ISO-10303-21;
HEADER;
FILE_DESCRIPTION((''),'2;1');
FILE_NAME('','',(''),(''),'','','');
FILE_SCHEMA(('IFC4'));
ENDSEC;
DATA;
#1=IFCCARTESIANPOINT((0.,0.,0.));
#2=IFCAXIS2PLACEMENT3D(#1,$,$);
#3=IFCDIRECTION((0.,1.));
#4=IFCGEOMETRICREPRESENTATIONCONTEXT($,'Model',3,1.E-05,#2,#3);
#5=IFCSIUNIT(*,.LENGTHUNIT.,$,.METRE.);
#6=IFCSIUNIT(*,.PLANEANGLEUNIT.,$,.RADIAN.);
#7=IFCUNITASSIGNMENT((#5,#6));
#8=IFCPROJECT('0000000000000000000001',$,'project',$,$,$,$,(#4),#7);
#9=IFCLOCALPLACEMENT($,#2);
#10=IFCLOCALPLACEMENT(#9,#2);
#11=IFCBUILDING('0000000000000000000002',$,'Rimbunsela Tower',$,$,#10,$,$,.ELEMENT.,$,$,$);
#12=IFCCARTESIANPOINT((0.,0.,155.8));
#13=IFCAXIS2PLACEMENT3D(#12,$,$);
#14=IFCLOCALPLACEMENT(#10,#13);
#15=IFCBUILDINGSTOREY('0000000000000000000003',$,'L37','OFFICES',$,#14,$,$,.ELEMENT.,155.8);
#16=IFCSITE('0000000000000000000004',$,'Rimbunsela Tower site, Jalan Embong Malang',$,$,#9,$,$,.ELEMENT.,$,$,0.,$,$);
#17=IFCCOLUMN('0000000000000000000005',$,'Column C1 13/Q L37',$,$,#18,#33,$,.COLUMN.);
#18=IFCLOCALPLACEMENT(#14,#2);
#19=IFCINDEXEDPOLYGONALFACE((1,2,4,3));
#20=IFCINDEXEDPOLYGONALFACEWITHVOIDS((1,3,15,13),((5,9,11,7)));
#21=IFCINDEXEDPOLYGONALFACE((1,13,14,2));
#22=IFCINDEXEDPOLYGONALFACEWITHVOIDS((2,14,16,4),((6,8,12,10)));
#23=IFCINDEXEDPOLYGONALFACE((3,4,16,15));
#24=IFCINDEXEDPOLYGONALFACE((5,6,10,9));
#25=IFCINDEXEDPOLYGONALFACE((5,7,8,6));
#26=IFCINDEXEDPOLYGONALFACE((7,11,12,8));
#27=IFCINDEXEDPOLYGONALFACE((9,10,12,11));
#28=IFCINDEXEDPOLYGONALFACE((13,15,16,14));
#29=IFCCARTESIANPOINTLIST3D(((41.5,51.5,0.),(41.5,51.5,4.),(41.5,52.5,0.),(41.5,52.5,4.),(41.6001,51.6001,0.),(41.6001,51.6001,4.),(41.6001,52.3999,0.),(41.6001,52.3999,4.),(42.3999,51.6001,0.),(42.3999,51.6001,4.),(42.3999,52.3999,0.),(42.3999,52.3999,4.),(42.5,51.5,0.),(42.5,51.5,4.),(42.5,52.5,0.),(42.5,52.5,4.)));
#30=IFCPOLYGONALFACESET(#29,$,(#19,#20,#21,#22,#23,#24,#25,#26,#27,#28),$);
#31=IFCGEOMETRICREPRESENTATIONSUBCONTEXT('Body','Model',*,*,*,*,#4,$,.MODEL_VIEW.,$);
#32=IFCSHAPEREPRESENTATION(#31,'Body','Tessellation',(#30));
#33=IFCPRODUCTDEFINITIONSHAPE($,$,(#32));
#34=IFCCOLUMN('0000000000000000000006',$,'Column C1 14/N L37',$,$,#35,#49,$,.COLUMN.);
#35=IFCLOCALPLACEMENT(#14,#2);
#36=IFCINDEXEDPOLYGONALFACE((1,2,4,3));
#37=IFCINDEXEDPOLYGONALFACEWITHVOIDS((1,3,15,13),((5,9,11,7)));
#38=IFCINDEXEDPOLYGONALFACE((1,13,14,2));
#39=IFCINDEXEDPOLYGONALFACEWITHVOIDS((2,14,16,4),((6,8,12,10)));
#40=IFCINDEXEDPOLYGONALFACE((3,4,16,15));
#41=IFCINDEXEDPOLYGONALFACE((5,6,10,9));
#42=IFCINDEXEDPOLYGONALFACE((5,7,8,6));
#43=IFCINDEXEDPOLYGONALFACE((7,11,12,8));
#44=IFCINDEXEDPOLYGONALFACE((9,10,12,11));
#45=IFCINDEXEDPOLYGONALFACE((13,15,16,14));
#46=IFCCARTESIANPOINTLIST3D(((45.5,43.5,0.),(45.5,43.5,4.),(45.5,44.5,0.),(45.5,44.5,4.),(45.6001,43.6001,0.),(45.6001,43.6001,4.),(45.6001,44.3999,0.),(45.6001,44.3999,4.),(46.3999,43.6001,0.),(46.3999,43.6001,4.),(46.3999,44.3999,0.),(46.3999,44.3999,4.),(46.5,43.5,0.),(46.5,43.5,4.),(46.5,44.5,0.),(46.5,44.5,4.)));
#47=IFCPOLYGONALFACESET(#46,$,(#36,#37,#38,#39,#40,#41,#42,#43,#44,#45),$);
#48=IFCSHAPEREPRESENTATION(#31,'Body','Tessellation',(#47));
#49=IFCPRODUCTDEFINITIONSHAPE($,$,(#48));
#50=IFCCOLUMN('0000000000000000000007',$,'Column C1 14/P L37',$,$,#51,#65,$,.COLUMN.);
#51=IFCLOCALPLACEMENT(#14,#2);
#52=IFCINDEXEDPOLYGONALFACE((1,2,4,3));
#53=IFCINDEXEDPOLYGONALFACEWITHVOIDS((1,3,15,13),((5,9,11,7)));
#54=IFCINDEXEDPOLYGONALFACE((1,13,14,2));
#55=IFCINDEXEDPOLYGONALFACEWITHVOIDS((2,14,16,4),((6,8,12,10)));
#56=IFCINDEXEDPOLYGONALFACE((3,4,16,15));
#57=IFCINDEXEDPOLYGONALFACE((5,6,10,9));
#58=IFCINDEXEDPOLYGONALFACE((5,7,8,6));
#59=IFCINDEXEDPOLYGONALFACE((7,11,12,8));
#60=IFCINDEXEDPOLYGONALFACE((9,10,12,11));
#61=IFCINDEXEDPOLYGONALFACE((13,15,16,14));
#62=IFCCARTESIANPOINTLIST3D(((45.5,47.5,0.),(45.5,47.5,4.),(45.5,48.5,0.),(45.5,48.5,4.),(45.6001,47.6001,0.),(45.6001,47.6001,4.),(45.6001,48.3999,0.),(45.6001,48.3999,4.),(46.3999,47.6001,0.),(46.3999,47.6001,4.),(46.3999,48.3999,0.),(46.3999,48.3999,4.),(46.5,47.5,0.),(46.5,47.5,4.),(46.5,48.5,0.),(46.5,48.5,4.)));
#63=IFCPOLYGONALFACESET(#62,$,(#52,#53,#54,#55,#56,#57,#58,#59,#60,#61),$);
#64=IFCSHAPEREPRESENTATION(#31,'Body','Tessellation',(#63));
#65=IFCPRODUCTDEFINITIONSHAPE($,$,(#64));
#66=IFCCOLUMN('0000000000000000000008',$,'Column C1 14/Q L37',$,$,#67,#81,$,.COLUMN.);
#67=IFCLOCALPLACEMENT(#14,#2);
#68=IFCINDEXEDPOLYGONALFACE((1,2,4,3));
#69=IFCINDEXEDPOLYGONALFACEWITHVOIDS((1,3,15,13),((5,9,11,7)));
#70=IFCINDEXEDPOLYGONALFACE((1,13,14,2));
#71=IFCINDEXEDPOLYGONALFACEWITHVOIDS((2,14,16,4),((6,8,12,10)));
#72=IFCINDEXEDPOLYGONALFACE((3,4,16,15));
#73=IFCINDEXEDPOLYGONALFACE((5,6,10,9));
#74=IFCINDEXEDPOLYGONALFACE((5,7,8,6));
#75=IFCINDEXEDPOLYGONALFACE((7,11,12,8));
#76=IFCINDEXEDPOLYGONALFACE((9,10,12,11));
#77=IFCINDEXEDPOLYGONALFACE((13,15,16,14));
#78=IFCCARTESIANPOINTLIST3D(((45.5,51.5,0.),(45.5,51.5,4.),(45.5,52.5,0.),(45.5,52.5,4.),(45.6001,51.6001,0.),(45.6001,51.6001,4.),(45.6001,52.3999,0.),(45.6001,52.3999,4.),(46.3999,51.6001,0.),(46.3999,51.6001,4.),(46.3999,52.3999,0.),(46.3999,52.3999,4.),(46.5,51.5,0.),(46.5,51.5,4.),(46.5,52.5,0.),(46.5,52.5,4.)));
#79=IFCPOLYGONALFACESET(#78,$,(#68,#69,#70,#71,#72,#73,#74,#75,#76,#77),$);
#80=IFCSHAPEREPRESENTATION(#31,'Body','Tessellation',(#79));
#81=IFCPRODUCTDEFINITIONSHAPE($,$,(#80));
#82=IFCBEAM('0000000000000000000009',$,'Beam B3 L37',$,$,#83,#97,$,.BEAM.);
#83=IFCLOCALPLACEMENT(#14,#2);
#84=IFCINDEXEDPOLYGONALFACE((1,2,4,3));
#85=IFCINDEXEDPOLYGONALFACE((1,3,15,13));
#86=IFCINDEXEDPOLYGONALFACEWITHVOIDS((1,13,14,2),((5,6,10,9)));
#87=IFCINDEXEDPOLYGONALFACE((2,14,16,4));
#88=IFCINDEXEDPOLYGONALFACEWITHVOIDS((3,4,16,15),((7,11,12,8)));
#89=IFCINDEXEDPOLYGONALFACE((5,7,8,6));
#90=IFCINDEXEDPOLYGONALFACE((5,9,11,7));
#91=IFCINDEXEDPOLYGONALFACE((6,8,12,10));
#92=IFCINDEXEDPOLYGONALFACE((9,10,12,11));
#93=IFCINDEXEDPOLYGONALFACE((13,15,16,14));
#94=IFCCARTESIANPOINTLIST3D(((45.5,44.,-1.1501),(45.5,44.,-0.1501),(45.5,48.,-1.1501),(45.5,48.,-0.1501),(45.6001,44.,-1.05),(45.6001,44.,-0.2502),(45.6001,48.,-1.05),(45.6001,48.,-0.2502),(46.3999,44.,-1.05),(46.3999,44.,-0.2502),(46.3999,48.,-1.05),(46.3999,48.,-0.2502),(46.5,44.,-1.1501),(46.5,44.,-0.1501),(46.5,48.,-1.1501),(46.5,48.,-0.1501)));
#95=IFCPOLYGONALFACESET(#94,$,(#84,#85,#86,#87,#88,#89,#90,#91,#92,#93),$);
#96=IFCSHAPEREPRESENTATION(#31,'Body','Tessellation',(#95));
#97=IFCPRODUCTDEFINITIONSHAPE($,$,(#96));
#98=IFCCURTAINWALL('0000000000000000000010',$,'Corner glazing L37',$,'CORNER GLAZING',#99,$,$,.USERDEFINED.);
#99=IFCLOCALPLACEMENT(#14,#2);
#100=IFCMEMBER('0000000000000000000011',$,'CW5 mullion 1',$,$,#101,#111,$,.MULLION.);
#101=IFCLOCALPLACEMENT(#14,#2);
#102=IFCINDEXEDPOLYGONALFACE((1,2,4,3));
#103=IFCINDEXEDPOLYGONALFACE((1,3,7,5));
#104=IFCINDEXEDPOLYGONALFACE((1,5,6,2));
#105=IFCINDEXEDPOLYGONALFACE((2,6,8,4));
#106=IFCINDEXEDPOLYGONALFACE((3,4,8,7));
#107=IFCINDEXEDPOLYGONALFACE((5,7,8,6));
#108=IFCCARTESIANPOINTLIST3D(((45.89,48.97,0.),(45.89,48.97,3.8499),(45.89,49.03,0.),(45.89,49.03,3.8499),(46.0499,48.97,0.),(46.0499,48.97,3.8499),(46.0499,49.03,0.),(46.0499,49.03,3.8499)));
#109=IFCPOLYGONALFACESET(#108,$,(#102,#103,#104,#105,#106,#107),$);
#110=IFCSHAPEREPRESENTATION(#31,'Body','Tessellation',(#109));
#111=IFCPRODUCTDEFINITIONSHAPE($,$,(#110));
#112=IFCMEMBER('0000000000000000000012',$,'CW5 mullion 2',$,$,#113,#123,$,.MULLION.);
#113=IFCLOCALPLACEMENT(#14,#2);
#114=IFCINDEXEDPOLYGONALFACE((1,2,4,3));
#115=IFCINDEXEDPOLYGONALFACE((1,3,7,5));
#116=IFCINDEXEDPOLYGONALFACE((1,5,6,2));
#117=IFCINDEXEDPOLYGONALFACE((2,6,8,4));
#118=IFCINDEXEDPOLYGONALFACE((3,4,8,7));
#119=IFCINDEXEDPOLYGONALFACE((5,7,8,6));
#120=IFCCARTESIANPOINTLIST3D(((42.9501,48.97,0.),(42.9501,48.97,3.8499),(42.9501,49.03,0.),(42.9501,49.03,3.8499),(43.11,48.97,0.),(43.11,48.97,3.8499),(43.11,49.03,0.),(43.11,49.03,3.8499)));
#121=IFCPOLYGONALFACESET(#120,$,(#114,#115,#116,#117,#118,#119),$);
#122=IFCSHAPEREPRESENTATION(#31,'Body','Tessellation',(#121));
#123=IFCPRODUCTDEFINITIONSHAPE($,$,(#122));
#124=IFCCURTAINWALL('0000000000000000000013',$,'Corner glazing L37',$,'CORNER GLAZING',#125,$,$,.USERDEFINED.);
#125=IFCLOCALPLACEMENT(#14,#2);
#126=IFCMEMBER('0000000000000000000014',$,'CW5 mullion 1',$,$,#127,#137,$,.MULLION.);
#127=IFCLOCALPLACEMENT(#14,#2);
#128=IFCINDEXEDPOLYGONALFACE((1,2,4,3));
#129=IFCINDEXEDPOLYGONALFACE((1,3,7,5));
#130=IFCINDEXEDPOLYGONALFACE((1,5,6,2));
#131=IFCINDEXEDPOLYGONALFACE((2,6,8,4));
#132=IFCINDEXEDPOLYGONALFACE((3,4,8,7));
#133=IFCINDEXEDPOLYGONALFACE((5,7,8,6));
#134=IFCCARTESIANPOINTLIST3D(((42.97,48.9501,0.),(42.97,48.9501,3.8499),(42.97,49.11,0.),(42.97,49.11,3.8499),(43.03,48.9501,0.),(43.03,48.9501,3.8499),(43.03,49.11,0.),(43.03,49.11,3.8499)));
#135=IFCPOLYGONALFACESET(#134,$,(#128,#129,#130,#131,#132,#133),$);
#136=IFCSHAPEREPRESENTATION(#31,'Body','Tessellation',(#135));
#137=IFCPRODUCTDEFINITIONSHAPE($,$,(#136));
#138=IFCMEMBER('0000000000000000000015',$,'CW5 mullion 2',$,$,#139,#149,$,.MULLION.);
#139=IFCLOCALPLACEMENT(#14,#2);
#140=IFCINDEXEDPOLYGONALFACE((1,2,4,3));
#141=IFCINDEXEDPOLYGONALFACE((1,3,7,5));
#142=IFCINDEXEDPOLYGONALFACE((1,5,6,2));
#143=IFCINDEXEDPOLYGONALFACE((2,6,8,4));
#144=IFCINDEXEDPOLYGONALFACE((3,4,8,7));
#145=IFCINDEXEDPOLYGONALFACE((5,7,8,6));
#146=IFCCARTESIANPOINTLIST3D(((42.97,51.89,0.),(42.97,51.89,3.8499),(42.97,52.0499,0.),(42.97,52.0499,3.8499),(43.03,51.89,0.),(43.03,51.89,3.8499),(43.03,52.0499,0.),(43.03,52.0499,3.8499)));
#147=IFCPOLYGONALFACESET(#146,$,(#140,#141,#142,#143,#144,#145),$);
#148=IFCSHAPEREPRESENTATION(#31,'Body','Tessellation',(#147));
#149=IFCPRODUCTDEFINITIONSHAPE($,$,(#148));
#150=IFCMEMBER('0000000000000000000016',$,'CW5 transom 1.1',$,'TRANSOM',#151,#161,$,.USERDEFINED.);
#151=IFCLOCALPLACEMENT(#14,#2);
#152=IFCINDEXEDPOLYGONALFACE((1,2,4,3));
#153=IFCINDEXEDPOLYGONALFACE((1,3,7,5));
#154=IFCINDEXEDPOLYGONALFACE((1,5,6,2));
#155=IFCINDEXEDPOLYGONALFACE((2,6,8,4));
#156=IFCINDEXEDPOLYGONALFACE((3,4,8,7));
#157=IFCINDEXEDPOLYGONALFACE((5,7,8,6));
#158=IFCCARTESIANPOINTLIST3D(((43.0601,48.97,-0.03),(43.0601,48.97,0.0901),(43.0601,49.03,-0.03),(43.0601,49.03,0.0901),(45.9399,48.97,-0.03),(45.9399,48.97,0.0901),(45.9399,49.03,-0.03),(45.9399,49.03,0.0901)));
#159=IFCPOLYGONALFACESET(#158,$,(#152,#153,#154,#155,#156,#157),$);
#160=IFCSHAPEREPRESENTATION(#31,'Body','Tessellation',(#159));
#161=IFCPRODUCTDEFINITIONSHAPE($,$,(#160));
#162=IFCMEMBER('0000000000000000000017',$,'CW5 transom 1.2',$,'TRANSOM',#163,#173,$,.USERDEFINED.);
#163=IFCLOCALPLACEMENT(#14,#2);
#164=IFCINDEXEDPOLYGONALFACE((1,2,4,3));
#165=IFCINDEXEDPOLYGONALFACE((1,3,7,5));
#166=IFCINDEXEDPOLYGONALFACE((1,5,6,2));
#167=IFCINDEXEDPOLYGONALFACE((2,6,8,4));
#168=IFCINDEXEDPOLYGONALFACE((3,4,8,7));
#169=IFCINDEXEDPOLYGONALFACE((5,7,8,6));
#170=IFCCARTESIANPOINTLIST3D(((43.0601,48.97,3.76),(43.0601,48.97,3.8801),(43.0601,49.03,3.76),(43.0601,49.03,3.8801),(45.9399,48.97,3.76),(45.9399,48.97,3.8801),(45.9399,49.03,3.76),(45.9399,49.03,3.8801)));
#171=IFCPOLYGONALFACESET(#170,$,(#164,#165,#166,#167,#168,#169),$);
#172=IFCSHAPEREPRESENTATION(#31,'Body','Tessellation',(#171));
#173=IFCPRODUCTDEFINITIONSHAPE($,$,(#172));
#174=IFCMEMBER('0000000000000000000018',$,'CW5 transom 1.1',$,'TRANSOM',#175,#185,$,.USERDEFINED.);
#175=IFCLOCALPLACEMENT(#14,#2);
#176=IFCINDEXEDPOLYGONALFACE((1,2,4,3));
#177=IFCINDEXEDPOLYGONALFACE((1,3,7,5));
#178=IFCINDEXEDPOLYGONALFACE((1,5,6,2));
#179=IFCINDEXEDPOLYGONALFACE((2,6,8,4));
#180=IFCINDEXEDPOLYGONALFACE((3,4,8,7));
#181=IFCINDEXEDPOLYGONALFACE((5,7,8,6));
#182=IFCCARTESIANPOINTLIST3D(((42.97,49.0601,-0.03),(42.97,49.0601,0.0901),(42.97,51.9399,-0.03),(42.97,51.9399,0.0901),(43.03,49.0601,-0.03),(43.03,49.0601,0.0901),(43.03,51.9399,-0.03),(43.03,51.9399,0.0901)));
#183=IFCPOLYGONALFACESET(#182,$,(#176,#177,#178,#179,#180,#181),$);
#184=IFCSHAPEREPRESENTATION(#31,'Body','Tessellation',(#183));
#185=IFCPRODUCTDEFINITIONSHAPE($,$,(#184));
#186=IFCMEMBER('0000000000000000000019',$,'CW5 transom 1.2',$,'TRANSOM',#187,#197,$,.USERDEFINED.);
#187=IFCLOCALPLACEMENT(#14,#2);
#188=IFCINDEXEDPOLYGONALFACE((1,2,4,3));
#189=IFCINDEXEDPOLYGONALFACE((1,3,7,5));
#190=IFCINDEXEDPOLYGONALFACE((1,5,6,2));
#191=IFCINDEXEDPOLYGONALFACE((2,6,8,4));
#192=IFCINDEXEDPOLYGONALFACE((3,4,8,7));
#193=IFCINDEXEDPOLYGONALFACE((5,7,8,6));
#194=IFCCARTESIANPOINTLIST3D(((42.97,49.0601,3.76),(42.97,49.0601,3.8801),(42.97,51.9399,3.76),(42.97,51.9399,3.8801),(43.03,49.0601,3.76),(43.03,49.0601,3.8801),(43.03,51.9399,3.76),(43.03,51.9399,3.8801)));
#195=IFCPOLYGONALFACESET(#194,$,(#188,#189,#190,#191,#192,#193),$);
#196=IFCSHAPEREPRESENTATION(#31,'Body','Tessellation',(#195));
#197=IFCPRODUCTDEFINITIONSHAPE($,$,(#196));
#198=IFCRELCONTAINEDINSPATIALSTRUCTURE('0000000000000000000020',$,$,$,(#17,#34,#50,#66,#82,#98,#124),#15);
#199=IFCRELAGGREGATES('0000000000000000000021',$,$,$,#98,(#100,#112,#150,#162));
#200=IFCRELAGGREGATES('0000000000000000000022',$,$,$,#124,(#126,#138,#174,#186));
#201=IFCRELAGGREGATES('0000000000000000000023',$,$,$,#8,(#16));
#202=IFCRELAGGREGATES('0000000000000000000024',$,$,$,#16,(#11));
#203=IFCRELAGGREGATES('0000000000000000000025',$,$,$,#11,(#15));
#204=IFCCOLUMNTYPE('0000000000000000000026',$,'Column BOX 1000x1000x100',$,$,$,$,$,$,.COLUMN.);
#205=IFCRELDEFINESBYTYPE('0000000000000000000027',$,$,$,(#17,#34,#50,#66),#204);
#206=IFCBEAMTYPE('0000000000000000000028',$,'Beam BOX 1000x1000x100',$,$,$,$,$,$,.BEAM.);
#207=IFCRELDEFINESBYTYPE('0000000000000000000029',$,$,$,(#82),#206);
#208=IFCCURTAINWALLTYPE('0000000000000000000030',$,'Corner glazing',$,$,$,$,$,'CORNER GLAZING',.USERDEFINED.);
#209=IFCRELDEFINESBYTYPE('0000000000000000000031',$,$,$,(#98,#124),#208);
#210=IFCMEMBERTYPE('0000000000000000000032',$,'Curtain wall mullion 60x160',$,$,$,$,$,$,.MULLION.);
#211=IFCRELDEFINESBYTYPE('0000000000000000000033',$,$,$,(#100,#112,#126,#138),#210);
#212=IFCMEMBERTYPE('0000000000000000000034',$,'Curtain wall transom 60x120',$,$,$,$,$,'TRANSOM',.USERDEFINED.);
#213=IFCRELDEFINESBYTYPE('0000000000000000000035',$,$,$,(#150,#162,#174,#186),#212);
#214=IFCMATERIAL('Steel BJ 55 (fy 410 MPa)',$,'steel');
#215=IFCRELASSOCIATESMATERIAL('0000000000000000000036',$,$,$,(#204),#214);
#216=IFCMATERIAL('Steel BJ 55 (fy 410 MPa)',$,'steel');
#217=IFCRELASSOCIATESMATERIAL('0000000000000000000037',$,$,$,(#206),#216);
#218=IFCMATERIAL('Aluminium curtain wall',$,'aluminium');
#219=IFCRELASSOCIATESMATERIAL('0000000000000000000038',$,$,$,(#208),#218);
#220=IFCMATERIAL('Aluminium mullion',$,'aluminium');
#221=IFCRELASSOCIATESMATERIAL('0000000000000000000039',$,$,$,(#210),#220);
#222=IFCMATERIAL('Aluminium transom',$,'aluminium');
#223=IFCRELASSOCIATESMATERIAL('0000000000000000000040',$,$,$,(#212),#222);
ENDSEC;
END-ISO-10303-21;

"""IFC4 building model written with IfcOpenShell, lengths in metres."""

from ifc_helpers import new_model, si_unit, direction, frame, origin, origin_2d, place, context, subcontext, project, spatial, rectangle, hollow_rectangle, extrude, material, material_profile, profile_set, type_object, element, aggregate, save


model = new_model("IFC4")

# Units and contexts
model_context = context("Model", 3, precision=1e-05, world=origin(), true_north=direction((0.0, 1.0)))
body_context = subcontext(model_context, "Body", "Model", "MODEL_VIEW")
ifc_project = project(units=[si_unit("LENGTHUNIT", "METRE"), si_unit("PLANEANGLEUNIT", "RADIAN")], contexts=[model_context])

# Site, building, storey
site_placement = place(None, origin())
site = spatial("IfcSite", under=ifc_project, at=site_placement, Name="Rimbunsela Tower site, Jalan Embong Malang", CompositionType="ELEMENT", RefElevation=0.0)
building_placement = place(site_placement, origin())
building = spatial("IfcBuilding", under=site, at=building_placement, Name="Rimbunsela Tower", CompositionType="ELEMENT")
storey_placement = place(building_placement, frame((0.0, 0.0, 155.8)))
storey = spatial("IfcBuildingStorey", under=building, at=storey_placement, Name="L37", Description="OFFICES", CompositionType="ELEMENT", Elevation=155.8)

# Columns
ifc_material_1 = material(Name="Steel BJ 55 (fy 410 MPa)", Category="steel")
ifc_material_profile_1 = material_profile(ifc_material_1, hollow_rectangle(XDim=1.0, YDim=1.0, WallThickness=0.1001, at=origin_2d()), Name="BOX 1000x1000x100")
ifc_profile_set_1 = profile_set([ifc_material_profile_1], Name="Steel BJ 55 (fy 410 MPa)")
column_type = type_object("IfcColumnType", Name="Column BOX 1000x1000x100", PredefinedType="COLUMN", material=ifc_profile_set_1)
for number, where, z_axis, x_axis, name in (
    (1, (42.0, 52.0, 0.0), (0.0, 0.0, 1.0), (1.0, 0.0, 0.0), "Column C1 13/Q L37"),
    (2, (46.0, 44.0, 0.0), (0.0, 0.0, 1.0), (1.0, 0.0, 0.0), "Column C1 14/N L37"),
    (3, (46.0, 48.0, 0.0), (0.0, 0.0, 1.0), (1.0, 0.0, 0.0), "Column C1 14/P L37"),
    (4, (46.0, 52.0, 0.0), (0.0, 0.0, 1.0), (1.0, 0.0, 0.0), "Column C1 14/Q L37"),
):
    element("IfcColumn", number, at=place(storey_placement, frame(where, z_axis=z_axis, x_axis=x_axis)), inside=storey, type_object=column_type, Name=name, PredefinedType="COLUMN", context=body_context, shape_type="SweptSolid", body=[
        extrude(hollow_rectangle(XDim=1.0, YDim=1.0, WallThickness=0.1001, at=origin_2d()), origin(), (0.0, 0.0, 1.0), 4.0),
    ])

# Beam
ifc_material_2 = material(Name="Steel BJ 55 (fy 410 MPa)", Category="steel")
ifc_material_profile_2 = material_profile(ifc_material_2, hollow_rectangle(XDim=1.0, YDim=1.0, WallThickness=0.1001, at=origin_2d()), Name="BOX 1000x1000x100")
ifc_profile_set_2 = profile_set([ifc_material_profile_2], Name="Steel BJ 55 (fy 410 MPa)")
beam_type = type_object("IfcBeamType", Name="Beam BOX 1000x1000x100", PredefinedType="BEAM", material=ifc_profile_set_2)
beam_placement = place(storey_placement, frame((46.0, 44.0, -0.6501), z_axis=(0.0, 1.0, 0.0), x_axis=(-1.0, 0.0, 0.0)))
element("IfcBeam", 5, at=beam_placement, inside=storey, type_object=beam_type, Name="Beam B3 L37", PredefinedType="BEAM", context=body_context, shape_type="SweptSolid", body=[
    extrude(hollow_rectangle(XDim=1.0, YDim=1.0, WallThickness=0.1001, at=origin_2d()), origin(), (0.0, 0.0, 1.0), 4.0),
])

# Curtain walls, members
ifc_material_3 = material(Name="Aluminium curtain wall", Category="aluminium")
curtain_wall_type = type_object("IfcCurtainWallType", Name="Corner glazing", ElementType="CORNER GLAZING", PredefinedType="USERDEFINED", material=ifc_material_3)
curtain_wall_1_placement = place(storey_placement, origin())
curtain_wall_1 = element("IfcCurtainWall", 6, at=curtain_wall_1_placement, inside=storey, type_object=curtain_wall_type, Name="Corner glazing L37", ObjectType="CORNER GLAZING", PredefinedType="USERDEFINED")
ifc_material_4 = material(Name="Aluminium mullion", Category="aluminium")
ifc_material_profile_3 = material_profile(ifc_material_4, rectangle(XDim=0.0601, YDim=0.1599, at=origin_2d()), Name="Mullion 60x160")
ifc_profile_set_3 = profile_set([ifc_material_profile_3], Name="Aluminium mullion")
member_type_1 = type_object("IfcMemberType", Name="Curtain wall mullion 60x160", PredefinedType="MULLION", material=ifc_profile_set_3)
member_1_placement = place(storey_placement, frame((45.97, 49.0, 0.0), z_axis=(0.0, 0.0, 1.0), x_axis=(0.0, -1.0, 0.0)))
member_1 = element("IfcMember", 7, at=member_1_placement, type_object=member_type_1, Name="CW5 mullion 1", PredefinedType="MULLION", context=body_context, shape_type="SweptSolid", body=[
    extrude(rectangle(XDim=0.0601, YDim=0.1599, at=origin_2d()), origin(), (0.0, 0.0, 1.0), 3.8499),
])
member_2_placement = place(storey_placement, frame((43.03, 49.0, 0.0), z_axis=(0.0, 0.0, 1.0), x_axis=(0.0, -1.0, 0.0)))
member_2 = element("IfcMember", 8, at=member_2_placement, type_object=member_type_1, Name="CW5 mullion 2", PredefinedType="MULLION", context=body_context, shape_type="SweptSolid", body=[
    extrude(rectangle(XDim=0.0601, YDim=0.1599, at=origin_2d()), origin(), (0.0, 0.0, 1.0), 3.8499),
])
curtain_wall_2_placement = place(storey_placement, origin())
curtain_wall_2 = element("IfcCurtainWall", 9, at=curtain_wall_2_placement, inside=storey, type_object=curtain_wall_type, Name="Corner glazing L37", ObjectType="CORNER GLAZING", PredefinedType="USERDEFINED")
member_3_placement = place(storey_placement, frame((43.0, 49.03, 0.0), z_axis=(0.0, 0.0, 1.0), x_axis=(-1.0, 0.0, 0.0)))
member_3 = element("IfcMember", 10, at=member_3_placement, type_object=member_type_1, Name="CW5 mullion 1", PredefinedType="MULLION", context=body_context, shape_type="SweptSolid", body=[
    extrude(rectangle(XDim=0.0601, YDim=0.1599, at=origin_2d()), origin(), (0.0, 0.0, 1.0), 3.8499),
])
member_4_placement = place(storey_placement, frame((43.0, 51.97, 0.0), z_axis=(0.0, 0.0, 1.0), x_axis=(-1.0, 0.0, 0.0)))
member_4 = element("IfcMember", 11, at=member_4_placement, type_object=member_type_1, Name="CW5 mullion 2", PredefinedType="MULLION", context=body_context, shape_type="SweptSolid", body=[
    extrude(rectangle(XDim=0.0601, YDim=0.1599, at=origin_2d()), origin(), (0.0, 0.0, 1.0), 3.8499),
])

# Members
ifc_material_5 = material(Name="Aluminium transom", Category="aluminium")
ifc_material_profile_4 = material_profile(ifc_material_5, rectangle(XDim=0.0601, YDim=0.1201, at=origin_2d()), Name="Transom 60x120")
ifc_profile_set_4 = profile_set([ifc_material_profile_4], Name="Aluminium transom")
member_type_2 = type_object("IfcMemberType", Name="Curtain wall transom 60x120", ElementType="TRANSOM", PredefinedType="USERDEFINED", material=ifc_profile_set_4)
member_5_placement = place(storey_placement, frame((45.9399, 49.0, 0.03), z_axis=(-1.0, 0.0, 0.0), x_axis=(0.0, -1.0, 0.0)))
member_5 = element("IfcMember", 12, at=member_5_placement, type_object=member_type_2, Name="CW5 transom 1.1", ObjectType="TRANSOM", PredefinedType="USERDEFINED", context=body_context, shape_type="SweptSolid", body=[
    extrude(rectangle(XDim=0.0601, YDim=0.1201, at=origin_2d()), origin(), (0.0, 0.0, 1.0), 2.8799),
])
member_6_placement = place(storey_placement, frame((45.9399, 49.0, 3.8201), z_axis=(-1.0, 0.0, 0.0), x_axis=(0.0, -1.0, 0.0)))
member_6 = element("IfcMember", 13, at=member_6_placement, type_object=member_type_2, Name="CW5 transom 1.2", ObjectType="TRANSOM", PredefinedType="USERDEFINED", context=body_context, shape_type="SweptSolid", body=[
    extrude(rectangle(XDim=0.0601, YDim=0.1201, at=origin_2d()), origin(), (0.0, 0.0, 1.0), 2.8799),
])
member_7_placement = place(storey_placement, frame((43.0, 49.0601, 0.03), z_axis=(0.0, 1.0, 0.0), x_axis=(-1.0, 0.0, 0.0)))
member_7 = element("IfcMember", 14, at=member_7_placement, type_object=member_type_2, Name="CW5 transom 1.1", ObjectType="TRANSOM", PredefinedType="USERDEFINED", context=body_context, shape_type="SweptSolid", body=[
    extrude(rectangle(XDim=0.0601, YDim=0.1201, at=origin_2d()), origin(), (0.0, 0.0, 1.0), 2.8799),
])
member_8_placement = place(storey_placement, frame((43.0, 49.0601, 3.8201), z_axis=(0.0, 1.0, 0.0), x_axis=(-1.0, 0.0, 0.0)))
member_8 = element("IfcMember", 15, at=member_8_placement, type_object=member_type_2, Name="CW5 transom 1.2", ObjectType="TRANSOM", PredefinedType="USERDEFINED", context=body_context, shape_type="SweptSolid", body=[
    extrude(rectangle(XDim=0.0601, YDim=0.1201, at=origin_2d()), origin(), (0.0, 0.0, 1.0), 2.8799),
])

aggregate(curtain_wall_1, [member_1, member_2, member_5, member_6])
aggregate(curtain_wall_2, [member_3, member_4, member_7, member_8])

save(model, "model.ifc")
